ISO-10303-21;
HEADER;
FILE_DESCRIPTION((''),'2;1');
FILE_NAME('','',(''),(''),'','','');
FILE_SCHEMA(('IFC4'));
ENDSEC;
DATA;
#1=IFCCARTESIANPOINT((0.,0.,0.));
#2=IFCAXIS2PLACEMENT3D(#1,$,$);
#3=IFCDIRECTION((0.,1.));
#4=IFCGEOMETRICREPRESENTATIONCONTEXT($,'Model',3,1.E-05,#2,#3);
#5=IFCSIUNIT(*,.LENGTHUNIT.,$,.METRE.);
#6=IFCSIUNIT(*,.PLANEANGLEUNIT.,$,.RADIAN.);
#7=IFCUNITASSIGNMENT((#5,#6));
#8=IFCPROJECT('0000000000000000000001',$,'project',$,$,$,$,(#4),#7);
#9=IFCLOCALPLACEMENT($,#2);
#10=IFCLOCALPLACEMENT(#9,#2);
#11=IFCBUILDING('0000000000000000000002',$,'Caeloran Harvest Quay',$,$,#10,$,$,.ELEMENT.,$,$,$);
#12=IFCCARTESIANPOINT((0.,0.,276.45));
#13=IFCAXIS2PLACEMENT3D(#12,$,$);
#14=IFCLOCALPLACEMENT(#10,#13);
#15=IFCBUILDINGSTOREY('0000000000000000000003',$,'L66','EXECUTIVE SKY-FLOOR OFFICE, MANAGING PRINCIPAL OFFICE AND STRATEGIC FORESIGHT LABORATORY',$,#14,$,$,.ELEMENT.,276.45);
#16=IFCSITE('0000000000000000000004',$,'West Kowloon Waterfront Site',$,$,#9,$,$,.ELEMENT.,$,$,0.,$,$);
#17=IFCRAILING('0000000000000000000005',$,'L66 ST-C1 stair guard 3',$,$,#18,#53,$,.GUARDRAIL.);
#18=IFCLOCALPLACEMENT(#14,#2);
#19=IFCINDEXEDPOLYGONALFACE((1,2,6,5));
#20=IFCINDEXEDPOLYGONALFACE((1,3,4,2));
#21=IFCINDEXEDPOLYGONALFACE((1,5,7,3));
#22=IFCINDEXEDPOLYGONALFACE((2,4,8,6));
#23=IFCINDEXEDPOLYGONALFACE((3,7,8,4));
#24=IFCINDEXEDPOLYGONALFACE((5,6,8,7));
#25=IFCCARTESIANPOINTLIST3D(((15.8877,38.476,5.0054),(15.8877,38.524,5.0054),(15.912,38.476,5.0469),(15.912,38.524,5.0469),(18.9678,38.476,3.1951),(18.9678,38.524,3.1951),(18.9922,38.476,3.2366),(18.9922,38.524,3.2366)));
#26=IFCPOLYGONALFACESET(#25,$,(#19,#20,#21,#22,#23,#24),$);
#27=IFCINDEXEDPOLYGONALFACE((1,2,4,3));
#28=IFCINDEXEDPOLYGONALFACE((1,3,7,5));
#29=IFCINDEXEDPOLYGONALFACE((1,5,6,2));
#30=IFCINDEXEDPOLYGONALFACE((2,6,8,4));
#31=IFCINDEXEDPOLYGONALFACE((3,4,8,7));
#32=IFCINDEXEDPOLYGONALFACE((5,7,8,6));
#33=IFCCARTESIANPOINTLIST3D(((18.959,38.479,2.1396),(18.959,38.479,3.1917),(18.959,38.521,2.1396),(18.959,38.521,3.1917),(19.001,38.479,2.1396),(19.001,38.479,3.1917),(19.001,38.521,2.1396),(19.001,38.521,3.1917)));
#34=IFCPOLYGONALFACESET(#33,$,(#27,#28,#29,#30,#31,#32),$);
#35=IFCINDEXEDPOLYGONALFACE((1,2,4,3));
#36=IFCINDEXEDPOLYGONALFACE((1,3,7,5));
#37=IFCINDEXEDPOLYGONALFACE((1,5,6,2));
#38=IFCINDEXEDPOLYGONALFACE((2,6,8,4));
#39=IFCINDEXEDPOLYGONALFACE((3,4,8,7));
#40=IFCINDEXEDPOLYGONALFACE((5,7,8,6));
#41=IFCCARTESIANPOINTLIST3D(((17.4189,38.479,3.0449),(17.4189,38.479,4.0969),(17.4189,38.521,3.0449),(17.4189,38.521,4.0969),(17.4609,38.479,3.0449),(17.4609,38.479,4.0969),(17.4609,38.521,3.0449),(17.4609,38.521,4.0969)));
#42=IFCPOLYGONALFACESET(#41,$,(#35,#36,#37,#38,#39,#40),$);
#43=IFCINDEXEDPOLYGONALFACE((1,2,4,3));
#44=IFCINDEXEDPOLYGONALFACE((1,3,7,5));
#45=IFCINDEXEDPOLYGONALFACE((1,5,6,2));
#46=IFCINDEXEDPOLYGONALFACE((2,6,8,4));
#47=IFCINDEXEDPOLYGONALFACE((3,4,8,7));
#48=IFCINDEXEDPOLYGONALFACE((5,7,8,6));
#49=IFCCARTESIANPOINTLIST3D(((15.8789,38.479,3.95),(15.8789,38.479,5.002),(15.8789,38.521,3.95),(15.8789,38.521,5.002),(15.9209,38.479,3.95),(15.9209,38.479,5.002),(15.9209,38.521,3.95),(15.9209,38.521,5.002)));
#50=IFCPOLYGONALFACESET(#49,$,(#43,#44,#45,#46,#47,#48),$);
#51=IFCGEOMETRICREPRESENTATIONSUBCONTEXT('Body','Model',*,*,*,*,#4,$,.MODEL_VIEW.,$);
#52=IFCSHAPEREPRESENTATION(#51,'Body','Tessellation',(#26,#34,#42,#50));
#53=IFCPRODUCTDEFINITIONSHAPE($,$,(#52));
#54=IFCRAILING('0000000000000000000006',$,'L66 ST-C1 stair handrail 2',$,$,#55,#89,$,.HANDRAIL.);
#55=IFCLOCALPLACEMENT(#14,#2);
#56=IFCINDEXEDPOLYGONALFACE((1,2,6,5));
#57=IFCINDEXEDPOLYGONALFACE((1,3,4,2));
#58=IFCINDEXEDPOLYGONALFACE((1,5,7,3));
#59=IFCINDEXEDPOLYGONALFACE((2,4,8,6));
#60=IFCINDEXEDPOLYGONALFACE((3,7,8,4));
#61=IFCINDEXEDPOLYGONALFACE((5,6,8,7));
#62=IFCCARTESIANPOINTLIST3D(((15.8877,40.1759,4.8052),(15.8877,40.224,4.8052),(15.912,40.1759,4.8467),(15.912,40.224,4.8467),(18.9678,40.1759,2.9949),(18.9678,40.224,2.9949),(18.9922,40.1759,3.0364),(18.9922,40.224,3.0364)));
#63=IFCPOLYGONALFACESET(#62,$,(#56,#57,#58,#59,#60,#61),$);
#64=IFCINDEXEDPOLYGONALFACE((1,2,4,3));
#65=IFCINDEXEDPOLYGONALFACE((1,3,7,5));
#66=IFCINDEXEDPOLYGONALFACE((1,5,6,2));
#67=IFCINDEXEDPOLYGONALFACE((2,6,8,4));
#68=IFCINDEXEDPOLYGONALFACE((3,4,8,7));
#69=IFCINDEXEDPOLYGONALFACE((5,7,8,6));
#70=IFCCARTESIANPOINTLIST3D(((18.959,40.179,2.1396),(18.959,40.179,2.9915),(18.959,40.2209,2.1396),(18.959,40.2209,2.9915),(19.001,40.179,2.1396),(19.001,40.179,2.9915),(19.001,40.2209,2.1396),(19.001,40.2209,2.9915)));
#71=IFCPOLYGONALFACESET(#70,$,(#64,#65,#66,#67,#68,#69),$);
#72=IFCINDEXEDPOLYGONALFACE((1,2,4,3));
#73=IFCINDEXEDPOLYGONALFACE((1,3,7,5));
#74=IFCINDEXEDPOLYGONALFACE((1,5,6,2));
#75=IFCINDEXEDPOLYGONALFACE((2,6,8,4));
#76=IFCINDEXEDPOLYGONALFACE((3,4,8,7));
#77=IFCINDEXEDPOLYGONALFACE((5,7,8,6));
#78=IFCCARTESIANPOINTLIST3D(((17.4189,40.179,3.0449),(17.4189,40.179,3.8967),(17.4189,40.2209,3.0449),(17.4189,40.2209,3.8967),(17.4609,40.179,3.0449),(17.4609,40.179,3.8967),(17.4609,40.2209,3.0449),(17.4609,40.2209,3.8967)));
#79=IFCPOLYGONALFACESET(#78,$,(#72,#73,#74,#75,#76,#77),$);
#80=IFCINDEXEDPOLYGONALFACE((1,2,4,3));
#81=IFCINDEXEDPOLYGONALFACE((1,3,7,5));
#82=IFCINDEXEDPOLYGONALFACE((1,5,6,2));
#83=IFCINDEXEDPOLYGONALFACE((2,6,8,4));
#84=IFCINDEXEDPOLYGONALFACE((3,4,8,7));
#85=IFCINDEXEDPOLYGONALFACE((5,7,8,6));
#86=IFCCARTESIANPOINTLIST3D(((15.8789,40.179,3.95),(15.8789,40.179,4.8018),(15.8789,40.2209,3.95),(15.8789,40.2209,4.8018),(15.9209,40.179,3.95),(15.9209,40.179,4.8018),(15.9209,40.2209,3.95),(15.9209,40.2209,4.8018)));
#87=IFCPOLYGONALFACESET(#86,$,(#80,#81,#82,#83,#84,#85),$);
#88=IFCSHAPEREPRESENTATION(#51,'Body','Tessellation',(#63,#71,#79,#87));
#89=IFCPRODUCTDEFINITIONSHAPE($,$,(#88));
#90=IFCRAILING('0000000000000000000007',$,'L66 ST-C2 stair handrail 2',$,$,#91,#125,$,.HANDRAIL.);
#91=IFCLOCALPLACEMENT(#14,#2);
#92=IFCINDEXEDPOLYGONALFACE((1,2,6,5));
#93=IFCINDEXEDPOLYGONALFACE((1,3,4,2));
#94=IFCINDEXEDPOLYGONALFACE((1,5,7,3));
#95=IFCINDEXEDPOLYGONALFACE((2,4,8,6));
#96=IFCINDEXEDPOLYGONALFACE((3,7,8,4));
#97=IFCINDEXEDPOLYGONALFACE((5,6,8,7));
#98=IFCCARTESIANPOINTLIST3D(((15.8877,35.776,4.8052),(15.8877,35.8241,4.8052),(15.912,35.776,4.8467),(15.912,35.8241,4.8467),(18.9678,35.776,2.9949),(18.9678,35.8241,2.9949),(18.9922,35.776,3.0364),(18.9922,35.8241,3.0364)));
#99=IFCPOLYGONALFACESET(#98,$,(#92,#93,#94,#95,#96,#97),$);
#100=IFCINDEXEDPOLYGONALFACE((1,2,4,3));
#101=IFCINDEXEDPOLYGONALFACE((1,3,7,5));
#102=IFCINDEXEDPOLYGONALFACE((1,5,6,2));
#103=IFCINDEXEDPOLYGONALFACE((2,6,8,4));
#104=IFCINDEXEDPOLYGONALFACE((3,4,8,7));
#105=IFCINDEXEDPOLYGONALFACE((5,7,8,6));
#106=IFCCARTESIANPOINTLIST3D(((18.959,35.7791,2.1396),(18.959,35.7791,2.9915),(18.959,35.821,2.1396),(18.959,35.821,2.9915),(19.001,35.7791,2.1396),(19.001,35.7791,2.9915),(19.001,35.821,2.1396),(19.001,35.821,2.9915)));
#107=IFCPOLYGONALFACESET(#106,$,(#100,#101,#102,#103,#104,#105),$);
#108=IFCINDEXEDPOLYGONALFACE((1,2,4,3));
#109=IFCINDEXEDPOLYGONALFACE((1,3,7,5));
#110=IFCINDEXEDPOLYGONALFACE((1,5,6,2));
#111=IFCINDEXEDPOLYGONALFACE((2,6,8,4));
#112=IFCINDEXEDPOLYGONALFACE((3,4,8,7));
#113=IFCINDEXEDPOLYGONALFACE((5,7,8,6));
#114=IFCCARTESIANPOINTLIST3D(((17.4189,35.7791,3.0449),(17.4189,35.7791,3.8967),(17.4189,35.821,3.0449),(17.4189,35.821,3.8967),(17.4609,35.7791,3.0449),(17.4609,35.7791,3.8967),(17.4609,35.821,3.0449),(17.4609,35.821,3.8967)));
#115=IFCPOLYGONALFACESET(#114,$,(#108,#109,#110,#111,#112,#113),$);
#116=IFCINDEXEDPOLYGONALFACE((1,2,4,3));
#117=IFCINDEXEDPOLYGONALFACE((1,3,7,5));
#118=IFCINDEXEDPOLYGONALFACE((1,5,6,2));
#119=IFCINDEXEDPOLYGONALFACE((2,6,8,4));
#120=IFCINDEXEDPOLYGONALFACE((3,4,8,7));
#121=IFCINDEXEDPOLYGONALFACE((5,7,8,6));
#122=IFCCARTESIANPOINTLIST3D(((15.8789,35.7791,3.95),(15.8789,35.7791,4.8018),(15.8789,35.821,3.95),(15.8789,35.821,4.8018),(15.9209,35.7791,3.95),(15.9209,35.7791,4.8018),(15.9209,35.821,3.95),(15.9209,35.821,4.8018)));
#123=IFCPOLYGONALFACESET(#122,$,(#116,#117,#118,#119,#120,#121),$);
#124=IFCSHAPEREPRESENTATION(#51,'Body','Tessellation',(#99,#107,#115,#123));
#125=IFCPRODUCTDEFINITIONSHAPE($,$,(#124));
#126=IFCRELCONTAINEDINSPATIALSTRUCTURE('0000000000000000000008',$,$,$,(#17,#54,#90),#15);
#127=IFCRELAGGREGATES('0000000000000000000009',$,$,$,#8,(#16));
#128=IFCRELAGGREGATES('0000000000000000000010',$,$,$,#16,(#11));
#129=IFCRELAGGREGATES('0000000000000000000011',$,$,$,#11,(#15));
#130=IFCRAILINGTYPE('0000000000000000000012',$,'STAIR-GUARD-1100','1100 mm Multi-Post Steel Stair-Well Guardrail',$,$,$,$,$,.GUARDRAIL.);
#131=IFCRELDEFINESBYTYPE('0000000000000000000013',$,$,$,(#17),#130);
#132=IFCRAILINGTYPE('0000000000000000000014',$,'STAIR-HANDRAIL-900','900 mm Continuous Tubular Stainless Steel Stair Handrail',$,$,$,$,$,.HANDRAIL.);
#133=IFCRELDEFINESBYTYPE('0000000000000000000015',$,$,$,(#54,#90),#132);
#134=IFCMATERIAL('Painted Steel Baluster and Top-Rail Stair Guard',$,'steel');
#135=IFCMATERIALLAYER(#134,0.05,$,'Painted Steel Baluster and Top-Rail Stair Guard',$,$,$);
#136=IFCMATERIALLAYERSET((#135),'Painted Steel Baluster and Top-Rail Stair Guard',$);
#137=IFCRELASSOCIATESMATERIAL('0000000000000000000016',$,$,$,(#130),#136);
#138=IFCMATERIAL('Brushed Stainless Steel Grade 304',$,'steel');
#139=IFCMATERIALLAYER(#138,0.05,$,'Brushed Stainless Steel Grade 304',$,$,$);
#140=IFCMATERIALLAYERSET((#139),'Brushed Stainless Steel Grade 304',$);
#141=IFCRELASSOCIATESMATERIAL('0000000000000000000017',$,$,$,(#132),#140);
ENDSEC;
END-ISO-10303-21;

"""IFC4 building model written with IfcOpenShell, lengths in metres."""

from ifc_helpers import new_model, si_unit, direction, frame, origin, origin_2d, place, context, subcontext, project, spatial, rectangle, extrude, material, layer, layer_set, type_object, element, save


model = new_model("IFC4")

# Units and contexts
model_context = context("Model", 3, precision=1e-05, world=origin(), true_north=direction((0.0, 1.0)))
body_context = subcontext(model_context, "Body", "Model", "MODEL_VIEW")
ifc_project = project(units=[si_unit("LENGTHUNIT", "METRE"), si_unit("PLANEANGLEUNIT", "RADIAN")], contexts=[model_context])

# Site, building, storey
site_placement = place(None, origin())
site = spatial("IfcSite", under=ifc_project, at=site_placement, Name="West Kowloon Waterfront Site", CompositionType="ELEMENT", RefElevation=0.0)
building_placement = place(site_placement, origin())
building = spatial("IfcBuilding", under=site, at=building_placement, Name="Caeloran Harvest Quay", CompositionType="ELEMENT")
storey_placement = place(building_placement, frame((0.0, 0.0, 276.45)))
storey = spatial("IfcBuildingStorey", under=building, at=storey_placement, Name="L66", Description="EXECUTIVE SKY-FLOOR OFFICE, MANAGING PRINCIPAL OFFICE AND STRATEGIC FORESIGHT LABORATORY", CompositionType="ELEMENT", Elevation=276.45)

# Railings
ifc_material_1 = material(Name="Painted Steel Baluster and Top-Rail Stair Guard", Category="steel")
ifc_layer_1 = layer(ifc_material_1, 0.05, Name="Painted Steel Baluster and Top-Rail Stair Guard")
ifc_layer_set_1 = layer_set([ifc_layer_1], Name="Painted Steel Baluster and Top-Rail Stair Guard")
railing_type_1 = type_object("IfcRailingType", Name="STAIR-GUARD-1100", Description="1100 mm Multi-Post Steel Stair-Well Guardrail", PredefinedType="GUARDRAIL", material=ifc_layer_set_1)
railing_1_placement = place(storey_placement, frame((18.98, 38.5, 2.1396)))
element("IfcRailing", 1, at=railing_1_placement, inside=storey, type_object=railing_type_1, Name="L66 ST-C1 stair guard 3", PredefinedType="GUARDRAIL", context=body_context, shape_type="SweptSolid", body=[
    extrude(rectangle(XDim=0.0481, YDim=0.0481, at=origin_2d()), frame((0.0, 0.0, 1.0762), z_axis=(-0.862119, 0.0, 0.506707), x_axis=(0.0, -1.0, 0.0)), (0.0, 0.0, 1.0), 3.5728),
    extrude(rectangle(XDim=0.042, YDim=0.042, at=origin_2d()), origin(), (0.0, 0.0, 1.0), 1.052),
    extrude(rectangle(XDim=0.042, YDim=0.042, at=origin_2d()), frame((-1.54, 0.0, 0.9053)), (0.0, 0.0, 1.0), 1.052),
    extrude(rectangle(XDim=0.042, YDim=0.042, at=origin_2d()), frame((-3.0801, 0.0, 1.8103)), (0.0, 0.0, 1.0), 1.052),
])
ifc_material_2 = material(Name="Brushed Stainless Steel Grade 304", Category="steel")
ifc_layer_2 = layer(ifc_material_2, 0.05, Name="Brushed Stainless Steel Grade 304")
ifc_layer_set_2 = layer_set([ifc_layer_2], Name="Brushed Stainless Steel Grade 304")
railing_type_2 = type_object("IfcRailingType", Name="STAIR-HANDRAIL-900", Description="900 mm Continuous Tubular Stainless Steel Stair Handrail", PredefinedType="HANDRAIL", material=ifc_layer_set_2)
for number, where, name in (
    (2, (18.98, 40.2, 2.1396), "L66 ST-C1 stair handrail 2"),
    (3, (18.98, 35.8, 2.1396), "L66 ST-C2 stair handrail 2"),
):
    element("IfcRailing", number, at=place(storey_placement, frame(where)), inside=storey, type_object=railing_type_2, Name=name, PredefinedType="HANDRAIL", context=body_context, shape_type="SweptSolid", body=[
        extrude(rectangle(XDim=0.0481, YDim=0.0481, at=origin_2d()), frame((0.0, 0.0, 0.876), z_axis=(-0.862119, 0.0, 0.506707), x_axis=(0.0, -1.0, 0.0)), (0.0, 0.0, 1.0), 3.5728),
        extrude(rectangle(XDim=0.042, YDim=0.042, at=origin_2d()), origin(), (0.0, 0.0, 1.0), 0.8518),
        extrude(rectangle(XDim=0.042, YDim=0.042, at=origin_2d()), frame((-1.54, 0.0, 0.9053)), (0.0, 0.0, 1.0), 0.8518),
        extrude(rectangle(XDim=0.042, YDim=0.042, at=origin_2d()), frame((-3.0801, 0.0, 1.8103)), (0.0, 0.0, 1.0), 0.8518),
    ])

save(model, "model.ifc")
